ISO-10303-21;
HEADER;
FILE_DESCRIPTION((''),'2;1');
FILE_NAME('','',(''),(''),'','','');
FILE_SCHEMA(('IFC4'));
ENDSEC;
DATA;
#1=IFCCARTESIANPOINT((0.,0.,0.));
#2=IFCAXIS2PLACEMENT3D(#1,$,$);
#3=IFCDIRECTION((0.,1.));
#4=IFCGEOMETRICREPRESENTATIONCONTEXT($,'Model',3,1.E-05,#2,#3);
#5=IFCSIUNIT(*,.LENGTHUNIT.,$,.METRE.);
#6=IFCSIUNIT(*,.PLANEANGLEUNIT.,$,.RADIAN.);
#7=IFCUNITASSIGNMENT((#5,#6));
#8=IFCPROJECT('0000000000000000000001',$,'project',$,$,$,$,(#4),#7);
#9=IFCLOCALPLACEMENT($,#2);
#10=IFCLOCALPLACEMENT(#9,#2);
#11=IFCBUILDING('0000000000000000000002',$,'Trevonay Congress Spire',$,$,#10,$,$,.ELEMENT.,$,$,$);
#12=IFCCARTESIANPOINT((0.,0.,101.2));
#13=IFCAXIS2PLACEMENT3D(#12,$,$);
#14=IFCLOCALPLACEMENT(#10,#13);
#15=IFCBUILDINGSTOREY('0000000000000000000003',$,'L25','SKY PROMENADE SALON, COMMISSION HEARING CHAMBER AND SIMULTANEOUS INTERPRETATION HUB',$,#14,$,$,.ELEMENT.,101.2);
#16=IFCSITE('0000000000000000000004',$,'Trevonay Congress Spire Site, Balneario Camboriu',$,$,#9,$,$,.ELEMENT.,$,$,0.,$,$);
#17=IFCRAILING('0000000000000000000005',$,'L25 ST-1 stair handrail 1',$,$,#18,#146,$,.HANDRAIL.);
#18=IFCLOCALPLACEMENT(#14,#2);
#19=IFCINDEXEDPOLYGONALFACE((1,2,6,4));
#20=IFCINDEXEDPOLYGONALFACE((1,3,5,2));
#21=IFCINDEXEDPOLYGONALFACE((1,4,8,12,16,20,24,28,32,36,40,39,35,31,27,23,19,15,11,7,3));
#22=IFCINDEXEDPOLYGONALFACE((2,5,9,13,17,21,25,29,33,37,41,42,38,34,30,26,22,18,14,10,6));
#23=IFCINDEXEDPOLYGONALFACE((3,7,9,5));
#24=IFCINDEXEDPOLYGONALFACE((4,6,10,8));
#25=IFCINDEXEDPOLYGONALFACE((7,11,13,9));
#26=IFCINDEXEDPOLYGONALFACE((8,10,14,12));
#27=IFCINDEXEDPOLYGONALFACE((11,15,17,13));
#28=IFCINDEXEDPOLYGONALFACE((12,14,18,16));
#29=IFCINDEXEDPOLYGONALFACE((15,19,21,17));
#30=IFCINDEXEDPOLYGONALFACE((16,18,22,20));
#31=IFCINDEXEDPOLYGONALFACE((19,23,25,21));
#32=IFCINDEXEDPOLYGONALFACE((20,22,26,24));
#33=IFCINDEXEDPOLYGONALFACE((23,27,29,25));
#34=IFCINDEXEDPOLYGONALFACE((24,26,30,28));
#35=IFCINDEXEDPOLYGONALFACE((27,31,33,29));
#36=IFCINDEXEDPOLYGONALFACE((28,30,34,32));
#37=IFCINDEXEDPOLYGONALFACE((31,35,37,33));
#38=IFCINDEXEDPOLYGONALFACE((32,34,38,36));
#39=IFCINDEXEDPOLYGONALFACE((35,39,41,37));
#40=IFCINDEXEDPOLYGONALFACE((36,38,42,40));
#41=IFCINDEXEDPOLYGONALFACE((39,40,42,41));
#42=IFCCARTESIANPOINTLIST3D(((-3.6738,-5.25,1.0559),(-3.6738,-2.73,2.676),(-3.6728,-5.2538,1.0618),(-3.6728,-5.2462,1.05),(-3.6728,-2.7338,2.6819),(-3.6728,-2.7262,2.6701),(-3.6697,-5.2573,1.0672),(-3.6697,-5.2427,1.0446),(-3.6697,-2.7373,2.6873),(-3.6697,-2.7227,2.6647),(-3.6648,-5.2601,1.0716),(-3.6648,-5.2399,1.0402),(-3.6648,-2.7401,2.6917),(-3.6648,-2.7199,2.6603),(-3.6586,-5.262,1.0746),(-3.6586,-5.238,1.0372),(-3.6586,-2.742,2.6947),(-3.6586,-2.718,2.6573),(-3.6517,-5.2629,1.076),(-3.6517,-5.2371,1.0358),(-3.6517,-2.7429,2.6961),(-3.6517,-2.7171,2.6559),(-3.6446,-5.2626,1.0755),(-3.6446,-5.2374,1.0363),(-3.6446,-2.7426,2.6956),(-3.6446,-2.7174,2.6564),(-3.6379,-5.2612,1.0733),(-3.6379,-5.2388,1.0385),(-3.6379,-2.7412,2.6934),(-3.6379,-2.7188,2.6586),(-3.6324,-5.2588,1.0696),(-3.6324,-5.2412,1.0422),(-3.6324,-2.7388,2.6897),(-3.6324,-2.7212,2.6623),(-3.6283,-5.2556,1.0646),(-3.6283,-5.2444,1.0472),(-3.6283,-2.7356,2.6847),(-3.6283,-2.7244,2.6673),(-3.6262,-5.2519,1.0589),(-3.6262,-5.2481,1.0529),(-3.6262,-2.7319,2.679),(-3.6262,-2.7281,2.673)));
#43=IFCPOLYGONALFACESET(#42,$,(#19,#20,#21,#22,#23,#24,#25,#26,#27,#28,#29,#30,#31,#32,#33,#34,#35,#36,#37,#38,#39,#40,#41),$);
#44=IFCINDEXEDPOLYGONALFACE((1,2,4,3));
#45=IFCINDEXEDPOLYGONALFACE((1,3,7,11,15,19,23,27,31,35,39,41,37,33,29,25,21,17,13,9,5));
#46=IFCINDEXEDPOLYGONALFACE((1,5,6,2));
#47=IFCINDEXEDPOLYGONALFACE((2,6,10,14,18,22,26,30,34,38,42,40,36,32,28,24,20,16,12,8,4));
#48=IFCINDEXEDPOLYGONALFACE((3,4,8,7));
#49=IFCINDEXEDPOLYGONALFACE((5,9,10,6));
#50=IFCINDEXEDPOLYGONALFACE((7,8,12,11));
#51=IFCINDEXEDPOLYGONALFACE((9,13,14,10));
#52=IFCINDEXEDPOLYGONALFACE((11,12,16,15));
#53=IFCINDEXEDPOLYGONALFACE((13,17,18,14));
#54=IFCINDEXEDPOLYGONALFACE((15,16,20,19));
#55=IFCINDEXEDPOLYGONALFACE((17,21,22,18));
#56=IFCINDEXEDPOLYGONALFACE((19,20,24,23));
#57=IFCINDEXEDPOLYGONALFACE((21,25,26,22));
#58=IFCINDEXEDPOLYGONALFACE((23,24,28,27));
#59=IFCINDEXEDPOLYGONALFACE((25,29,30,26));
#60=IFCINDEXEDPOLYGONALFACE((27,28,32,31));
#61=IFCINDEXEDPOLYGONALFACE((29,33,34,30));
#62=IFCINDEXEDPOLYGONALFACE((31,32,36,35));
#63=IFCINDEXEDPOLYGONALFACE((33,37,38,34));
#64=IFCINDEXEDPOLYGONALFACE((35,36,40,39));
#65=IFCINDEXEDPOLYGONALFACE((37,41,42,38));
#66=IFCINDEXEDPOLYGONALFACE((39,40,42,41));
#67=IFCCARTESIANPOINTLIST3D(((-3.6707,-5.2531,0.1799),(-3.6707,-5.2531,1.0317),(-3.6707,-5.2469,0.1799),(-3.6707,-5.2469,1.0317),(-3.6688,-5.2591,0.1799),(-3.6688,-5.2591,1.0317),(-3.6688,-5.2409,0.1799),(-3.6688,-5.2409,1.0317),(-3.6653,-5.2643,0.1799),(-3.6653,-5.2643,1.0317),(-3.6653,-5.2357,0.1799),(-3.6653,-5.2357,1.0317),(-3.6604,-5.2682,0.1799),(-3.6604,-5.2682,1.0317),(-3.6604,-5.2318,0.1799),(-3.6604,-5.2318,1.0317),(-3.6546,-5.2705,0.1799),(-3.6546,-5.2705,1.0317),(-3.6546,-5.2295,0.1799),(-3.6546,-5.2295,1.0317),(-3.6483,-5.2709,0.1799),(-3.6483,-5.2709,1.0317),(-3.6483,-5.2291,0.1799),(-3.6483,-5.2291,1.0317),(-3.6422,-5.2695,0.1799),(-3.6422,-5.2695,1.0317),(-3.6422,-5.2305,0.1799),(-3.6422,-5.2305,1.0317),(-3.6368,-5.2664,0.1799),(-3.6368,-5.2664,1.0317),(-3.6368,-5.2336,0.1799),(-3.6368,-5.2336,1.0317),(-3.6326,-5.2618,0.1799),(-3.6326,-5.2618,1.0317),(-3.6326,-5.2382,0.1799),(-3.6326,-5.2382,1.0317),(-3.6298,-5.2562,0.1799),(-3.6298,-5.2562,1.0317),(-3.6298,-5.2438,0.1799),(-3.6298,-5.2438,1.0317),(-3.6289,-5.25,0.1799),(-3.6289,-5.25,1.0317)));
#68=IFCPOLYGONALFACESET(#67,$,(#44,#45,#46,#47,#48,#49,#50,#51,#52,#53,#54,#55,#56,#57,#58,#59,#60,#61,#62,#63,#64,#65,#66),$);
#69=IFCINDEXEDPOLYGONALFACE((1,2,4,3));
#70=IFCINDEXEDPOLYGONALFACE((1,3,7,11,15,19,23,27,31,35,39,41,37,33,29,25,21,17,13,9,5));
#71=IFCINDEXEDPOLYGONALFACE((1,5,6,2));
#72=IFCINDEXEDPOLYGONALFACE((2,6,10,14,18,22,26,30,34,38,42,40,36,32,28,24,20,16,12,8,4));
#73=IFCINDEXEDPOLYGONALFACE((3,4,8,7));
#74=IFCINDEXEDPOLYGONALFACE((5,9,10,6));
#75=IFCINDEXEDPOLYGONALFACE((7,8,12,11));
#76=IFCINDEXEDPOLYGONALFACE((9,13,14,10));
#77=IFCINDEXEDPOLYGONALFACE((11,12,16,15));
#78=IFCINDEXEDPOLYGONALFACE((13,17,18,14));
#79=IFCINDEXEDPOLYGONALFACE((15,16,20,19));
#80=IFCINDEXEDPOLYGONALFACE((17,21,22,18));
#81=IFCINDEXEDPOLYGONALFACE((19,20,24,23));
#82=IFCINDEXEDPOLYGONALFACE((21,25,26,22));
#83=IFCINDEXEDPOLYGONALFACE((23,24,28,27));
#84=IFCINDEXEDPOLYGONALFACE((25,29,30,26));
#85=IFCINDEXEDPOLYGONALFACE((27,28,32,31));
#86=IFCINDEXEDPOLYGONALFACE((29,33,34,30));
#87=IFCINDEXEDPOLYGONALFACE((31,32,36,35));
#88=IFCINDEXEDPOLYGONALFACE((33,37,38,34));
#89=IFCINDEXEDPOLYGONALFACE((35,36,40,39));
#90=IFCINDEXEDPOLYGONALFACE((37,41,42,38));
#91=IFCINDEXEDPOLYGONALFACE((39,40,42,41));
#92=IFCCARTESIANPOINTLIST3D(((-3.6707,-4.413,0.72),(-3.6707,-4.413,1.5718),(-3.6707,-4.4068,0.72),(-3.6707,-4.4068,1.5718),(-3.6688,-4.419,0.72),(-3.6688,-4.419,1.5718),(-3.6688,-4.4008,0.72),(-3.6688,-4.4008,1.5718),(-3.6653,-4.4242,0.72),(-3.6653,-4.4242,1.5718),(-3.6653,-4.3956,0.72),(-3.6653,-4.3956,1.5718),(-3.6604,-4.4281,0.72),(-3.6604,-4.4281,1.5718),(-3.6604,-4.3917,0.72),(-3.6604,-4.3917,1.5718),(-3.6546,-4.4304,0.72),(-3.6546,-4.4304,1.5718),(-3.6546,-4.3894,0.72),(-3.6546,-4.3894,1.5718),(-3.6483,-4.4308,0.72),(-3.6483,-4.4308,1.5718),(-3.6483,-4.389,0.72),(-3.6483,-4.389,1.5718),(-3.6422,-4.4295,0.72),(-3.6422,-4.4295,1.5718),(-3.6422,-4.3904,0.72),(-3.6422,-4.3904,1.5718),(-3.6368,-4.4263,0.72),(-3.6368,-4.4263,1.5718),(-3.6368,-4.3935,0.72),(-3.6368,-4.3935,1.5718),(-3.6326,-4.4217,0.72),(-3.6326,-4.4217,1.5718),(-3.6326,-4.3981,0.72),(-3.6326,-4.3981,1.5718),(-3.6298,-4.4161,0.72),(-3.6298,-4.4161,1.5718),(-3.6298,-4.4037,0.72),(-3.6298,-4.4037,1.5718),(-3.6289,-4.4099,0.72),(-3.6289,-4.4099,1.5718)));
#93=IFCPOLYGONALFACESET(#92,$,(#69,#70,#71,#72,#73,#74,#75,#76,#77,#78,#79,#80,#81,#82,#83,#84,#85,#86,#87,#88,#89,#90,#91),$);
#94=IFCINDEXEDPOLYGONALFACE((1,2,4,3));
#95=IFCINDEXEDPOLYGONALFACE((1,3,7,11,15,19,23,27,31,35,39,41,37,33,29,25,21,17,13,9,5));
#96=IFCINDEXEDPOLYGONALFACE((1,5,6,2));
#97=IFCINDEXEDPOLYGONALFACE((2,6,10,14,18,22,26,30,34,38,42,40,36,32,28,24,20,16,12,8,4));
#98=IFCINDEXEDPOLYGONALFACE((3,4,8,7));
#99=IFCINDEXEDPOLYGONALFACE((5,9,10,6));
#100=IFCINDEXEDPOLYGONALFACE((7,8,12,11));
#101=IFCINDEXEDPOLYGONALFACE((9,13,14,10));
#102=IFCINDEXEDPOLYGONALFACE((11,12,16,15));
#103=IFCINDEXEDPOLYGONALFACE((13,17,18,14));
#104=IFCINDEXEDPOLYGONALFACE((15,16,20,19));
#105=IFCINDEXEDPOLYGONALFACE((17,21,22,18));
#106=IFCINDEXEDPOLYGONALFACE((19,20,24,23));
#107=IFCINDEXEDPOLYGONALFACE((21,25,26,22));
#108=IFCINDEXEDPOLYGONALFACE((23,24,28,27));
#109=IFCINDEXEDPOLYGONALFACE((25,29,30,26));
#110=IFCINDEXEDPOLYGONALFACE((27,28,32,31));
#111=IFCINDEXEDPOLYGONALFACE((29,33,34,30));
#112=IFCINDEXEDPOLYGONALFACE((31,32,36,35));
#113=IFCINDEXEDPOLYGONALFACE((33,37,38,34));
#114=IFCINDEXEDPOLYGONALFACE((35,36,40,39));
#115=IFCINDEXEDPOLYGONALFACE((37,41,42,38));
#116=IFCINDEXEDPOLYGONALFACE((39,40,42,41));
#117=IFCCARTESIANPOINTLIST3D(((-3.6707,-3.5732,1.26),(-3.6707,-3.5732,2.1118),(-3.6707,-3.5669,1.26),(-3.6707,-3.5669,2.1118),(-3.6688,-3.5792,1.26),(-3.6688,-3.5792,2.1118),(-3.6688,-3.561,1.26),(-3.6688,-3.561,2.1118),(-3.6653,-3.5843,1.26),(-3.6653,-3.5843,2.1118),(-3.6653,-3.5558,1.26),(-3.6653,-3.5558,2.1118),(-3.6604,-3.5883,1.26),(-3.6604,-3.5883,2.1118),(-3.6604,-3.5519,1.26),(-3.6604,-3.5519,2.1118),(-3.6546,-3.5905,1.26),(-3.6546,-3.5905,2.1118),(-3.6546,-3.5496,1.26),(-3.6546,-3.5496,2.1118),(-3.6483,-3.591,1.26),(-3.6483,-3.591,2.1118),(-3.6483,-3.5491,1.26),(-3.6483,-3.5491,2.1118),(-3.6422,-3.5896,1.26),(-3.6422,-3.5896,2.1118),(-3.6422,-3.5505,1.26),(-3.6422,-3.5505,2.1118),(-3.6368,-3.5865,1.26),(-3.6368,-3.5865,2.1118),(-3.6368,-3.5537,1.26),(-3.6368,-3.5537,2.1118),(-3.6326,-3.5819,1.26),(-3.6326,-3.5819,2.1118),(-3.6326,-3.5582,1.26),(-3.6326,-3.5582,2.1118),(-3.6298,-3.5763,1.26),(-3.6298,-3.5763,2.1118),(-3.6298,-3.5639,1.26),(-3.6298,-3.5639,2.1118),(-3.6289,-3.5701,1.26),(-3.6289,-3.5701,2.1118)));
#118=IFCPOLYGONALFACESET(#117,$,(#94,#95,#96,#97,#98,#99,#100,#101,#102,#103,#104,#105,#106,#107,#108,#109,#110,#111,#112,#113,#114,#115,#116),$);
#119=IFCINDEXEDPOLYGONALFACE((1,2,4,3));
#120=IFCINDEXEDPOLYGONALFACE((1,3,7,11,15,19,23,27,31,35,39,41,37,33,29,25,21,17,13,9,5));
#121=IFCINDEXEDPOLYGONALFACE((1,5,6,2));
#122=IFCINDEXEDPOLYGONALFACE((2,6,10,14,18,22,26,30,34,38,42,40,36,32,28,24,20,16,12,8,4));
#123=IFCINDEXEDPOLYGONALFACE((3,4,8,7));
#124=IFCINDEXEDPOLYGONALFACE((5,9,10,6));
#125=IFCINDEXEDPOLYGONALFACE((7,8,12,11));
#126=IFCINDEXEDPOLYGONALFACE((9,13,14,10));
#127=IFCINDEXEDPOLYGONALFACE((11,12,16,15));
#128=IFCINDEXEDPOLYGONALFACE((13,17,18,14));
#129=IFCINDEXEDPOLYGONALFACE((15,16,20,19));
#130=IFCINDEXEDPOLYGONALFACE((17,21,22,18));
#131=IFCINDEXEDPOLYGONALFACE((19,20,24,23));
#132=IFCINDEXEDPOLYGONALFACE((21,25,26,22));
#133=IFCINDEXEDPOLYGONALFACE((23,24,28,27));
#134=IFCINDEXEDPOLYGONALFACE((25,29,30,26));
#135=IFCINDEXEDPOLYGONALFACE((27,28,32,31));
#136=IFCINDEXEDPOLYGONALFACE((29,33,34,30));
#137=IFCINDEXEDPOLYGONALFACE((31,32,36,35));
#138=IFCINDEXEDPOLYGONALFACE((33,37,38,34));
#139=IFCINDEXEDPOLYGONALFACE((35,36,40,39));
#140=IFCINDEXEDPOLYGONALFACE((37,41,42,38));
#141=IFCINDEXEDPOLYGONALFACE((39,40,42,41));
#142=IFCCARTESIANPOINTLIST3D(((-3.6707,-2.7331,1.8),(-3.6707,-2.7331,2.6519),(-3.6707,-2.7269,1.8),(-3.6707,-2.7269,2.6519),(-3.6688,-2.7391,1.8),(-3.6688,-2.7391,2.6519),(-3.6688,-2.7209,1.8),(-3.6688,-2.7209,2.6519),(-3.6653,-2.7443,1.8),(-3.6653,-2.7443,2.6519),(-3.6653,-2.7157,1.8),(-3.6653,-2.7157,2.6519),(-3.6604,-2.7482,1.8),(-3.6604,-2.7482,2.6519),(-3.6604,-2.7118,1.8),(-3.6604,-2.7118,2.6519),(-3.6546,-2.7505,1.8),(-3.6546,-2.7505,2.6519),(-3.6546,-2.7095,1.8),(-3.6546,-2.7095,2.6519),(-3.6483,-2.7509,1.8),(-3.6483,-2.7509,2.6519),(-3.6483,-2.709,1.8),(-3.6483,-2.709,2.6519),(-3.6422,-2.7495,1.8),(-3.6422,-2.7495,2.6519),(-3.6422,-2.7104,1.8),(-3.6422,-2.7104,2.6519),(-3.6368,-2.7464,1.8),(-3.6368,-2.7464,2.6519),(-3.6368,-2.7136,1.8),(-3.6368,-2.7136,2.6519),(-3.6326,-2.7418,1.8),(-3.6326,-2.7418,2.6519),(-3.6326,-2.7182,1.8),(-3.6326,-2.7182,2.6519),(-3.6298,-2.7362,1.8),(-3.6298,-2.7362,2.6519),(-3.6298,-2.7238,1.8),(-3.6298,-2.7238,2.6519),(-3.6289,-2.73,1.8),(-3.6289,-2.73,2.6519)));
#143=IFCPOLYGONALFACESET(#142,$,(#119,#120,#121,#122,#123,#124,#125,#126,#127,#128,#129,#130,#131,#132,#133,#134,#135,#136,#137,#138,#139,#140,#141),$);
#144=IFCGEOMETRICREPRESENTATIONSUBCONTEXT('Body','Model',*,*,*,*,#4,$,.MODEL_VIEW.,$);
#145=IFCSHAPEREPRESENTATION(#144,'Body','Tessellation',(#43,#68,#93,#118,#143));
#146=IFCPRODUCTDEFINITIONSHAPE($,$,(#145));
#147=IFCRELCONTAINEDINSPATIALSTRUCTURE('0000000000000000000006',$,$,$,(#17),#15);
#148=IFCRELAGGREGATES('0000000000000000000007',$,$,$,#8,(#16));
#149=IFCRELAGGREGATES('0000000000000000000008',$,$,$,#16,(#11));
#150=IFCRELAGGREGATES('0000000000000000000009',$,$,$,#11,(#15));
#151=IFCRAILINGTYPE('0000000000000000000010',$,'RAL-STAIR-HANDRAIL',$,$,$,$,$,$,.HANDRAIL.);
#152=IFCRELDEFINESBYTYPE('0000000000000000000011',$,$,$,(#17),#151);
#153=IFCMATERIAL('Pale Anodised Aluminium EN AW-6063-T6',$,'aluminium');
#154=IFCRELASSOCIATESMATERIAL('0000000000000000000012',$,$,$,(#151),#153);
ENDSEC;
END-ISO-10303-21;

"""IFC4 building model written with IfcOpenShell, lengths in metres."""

from ifc_helpers import new_model, si_unit, direction, frame, origin, origin_2d, place, context, subcontext, project, spatial, circle, extrude, material, type_object, element, save


model = new_model("IFC4")

# Units and contexts
model_context = context("Model", 3, precision=1e-05, world=origin(), true_north=direction((0.0, 1.0)))
body_context = subcontext(model_context, "Body", "Model", "MODEL_VIEW")
ifc_project = project(units=[si_unit("LENGTHUNIT", "METRE"), si_unit("PLANEANGLEUNIT", "RADIAN")], contexts=[model_context])

# Site, building, storey
site_placement = place(None, origin())
site = spatial("IfcSite", under=ifc_project, at=site_placement, Name="Trevonay Congress Spire Site, Balneario Camboriu", CompositionType="ELEMENT", RefElevation=0.0)
building_placement = place(site_placement, origin())
building = spatial("IfcBuilding", under=site, at=building_placement, Name="Trevonay Congress Spire", CompositionType="ELEMENT")
storey_placement = place(building_placement, frame((0.0, 0.0, 101.2)))
storey = spatial("IfcBuildingStorey", under=building, at=storey_placement, Name="L25", Description="SKY PROMENADE SALON, COMMISSION HEARING CHAMBER AND SIMULTANEOUS INTERPRETATION HUB", CompositionType="ELEMENT", Elevation=101.2)

# Shared definitions
ifc_material_1 = material(Name="Pale Anodised Aluminium EN AW-6063-T6", Category="aluminium")

# Railing
railing_type_1 = type_object("IfcRailingType", Name="RAL-STAIR-HANDRAIL", PredefinedType="HANDRAIL", material=ifc_material_1)
railing_1_placement = place(storey_placement, frame((-3.6499, -5.25, 0.1799)))
element("IfcRailing", 1, at=railing_1_placement, inside=storey, type_object=railing_type_1, Name="L25 ST-1 stair handrail 1", PredefinedType="HANDRAIL", context=body_context, shape_type="SweptSolid", body=[
    extrude(circle(Radius=0.0239, at=origin_2d()), frame((0.0, 0.0, 0.876), z_axis=(0.0, 0.841163, 0.540782), x_axis=(-1.0, 0.0, 0.0)), (0.0, 0.0, 1.0), 2.9958),
    extrude(circle(Radius=0.021, at=origin_2d()), origin(), (0.0, 0.0, 1.0), 0.8518),
    extrude(circle(Radius=0.021, at=origin_2d()), frame((0.0, 0.8401, 0.54)), (0.0, 0.0, 1.0), 0.8518),
    extrude(circle(Radius=0.021, at=origin_2d()), frame((0.0, 1.6799, 1.0801)), (0.0, 0.0, 1.0), 0.8518),
    extrude(circle(Radius=0.021, at=origin_2d()), frame((0.0, 2.52, 1.6201)), (0.0, 0.0, 1.0), 0.8518),
])

save(model, "model.ifc")
